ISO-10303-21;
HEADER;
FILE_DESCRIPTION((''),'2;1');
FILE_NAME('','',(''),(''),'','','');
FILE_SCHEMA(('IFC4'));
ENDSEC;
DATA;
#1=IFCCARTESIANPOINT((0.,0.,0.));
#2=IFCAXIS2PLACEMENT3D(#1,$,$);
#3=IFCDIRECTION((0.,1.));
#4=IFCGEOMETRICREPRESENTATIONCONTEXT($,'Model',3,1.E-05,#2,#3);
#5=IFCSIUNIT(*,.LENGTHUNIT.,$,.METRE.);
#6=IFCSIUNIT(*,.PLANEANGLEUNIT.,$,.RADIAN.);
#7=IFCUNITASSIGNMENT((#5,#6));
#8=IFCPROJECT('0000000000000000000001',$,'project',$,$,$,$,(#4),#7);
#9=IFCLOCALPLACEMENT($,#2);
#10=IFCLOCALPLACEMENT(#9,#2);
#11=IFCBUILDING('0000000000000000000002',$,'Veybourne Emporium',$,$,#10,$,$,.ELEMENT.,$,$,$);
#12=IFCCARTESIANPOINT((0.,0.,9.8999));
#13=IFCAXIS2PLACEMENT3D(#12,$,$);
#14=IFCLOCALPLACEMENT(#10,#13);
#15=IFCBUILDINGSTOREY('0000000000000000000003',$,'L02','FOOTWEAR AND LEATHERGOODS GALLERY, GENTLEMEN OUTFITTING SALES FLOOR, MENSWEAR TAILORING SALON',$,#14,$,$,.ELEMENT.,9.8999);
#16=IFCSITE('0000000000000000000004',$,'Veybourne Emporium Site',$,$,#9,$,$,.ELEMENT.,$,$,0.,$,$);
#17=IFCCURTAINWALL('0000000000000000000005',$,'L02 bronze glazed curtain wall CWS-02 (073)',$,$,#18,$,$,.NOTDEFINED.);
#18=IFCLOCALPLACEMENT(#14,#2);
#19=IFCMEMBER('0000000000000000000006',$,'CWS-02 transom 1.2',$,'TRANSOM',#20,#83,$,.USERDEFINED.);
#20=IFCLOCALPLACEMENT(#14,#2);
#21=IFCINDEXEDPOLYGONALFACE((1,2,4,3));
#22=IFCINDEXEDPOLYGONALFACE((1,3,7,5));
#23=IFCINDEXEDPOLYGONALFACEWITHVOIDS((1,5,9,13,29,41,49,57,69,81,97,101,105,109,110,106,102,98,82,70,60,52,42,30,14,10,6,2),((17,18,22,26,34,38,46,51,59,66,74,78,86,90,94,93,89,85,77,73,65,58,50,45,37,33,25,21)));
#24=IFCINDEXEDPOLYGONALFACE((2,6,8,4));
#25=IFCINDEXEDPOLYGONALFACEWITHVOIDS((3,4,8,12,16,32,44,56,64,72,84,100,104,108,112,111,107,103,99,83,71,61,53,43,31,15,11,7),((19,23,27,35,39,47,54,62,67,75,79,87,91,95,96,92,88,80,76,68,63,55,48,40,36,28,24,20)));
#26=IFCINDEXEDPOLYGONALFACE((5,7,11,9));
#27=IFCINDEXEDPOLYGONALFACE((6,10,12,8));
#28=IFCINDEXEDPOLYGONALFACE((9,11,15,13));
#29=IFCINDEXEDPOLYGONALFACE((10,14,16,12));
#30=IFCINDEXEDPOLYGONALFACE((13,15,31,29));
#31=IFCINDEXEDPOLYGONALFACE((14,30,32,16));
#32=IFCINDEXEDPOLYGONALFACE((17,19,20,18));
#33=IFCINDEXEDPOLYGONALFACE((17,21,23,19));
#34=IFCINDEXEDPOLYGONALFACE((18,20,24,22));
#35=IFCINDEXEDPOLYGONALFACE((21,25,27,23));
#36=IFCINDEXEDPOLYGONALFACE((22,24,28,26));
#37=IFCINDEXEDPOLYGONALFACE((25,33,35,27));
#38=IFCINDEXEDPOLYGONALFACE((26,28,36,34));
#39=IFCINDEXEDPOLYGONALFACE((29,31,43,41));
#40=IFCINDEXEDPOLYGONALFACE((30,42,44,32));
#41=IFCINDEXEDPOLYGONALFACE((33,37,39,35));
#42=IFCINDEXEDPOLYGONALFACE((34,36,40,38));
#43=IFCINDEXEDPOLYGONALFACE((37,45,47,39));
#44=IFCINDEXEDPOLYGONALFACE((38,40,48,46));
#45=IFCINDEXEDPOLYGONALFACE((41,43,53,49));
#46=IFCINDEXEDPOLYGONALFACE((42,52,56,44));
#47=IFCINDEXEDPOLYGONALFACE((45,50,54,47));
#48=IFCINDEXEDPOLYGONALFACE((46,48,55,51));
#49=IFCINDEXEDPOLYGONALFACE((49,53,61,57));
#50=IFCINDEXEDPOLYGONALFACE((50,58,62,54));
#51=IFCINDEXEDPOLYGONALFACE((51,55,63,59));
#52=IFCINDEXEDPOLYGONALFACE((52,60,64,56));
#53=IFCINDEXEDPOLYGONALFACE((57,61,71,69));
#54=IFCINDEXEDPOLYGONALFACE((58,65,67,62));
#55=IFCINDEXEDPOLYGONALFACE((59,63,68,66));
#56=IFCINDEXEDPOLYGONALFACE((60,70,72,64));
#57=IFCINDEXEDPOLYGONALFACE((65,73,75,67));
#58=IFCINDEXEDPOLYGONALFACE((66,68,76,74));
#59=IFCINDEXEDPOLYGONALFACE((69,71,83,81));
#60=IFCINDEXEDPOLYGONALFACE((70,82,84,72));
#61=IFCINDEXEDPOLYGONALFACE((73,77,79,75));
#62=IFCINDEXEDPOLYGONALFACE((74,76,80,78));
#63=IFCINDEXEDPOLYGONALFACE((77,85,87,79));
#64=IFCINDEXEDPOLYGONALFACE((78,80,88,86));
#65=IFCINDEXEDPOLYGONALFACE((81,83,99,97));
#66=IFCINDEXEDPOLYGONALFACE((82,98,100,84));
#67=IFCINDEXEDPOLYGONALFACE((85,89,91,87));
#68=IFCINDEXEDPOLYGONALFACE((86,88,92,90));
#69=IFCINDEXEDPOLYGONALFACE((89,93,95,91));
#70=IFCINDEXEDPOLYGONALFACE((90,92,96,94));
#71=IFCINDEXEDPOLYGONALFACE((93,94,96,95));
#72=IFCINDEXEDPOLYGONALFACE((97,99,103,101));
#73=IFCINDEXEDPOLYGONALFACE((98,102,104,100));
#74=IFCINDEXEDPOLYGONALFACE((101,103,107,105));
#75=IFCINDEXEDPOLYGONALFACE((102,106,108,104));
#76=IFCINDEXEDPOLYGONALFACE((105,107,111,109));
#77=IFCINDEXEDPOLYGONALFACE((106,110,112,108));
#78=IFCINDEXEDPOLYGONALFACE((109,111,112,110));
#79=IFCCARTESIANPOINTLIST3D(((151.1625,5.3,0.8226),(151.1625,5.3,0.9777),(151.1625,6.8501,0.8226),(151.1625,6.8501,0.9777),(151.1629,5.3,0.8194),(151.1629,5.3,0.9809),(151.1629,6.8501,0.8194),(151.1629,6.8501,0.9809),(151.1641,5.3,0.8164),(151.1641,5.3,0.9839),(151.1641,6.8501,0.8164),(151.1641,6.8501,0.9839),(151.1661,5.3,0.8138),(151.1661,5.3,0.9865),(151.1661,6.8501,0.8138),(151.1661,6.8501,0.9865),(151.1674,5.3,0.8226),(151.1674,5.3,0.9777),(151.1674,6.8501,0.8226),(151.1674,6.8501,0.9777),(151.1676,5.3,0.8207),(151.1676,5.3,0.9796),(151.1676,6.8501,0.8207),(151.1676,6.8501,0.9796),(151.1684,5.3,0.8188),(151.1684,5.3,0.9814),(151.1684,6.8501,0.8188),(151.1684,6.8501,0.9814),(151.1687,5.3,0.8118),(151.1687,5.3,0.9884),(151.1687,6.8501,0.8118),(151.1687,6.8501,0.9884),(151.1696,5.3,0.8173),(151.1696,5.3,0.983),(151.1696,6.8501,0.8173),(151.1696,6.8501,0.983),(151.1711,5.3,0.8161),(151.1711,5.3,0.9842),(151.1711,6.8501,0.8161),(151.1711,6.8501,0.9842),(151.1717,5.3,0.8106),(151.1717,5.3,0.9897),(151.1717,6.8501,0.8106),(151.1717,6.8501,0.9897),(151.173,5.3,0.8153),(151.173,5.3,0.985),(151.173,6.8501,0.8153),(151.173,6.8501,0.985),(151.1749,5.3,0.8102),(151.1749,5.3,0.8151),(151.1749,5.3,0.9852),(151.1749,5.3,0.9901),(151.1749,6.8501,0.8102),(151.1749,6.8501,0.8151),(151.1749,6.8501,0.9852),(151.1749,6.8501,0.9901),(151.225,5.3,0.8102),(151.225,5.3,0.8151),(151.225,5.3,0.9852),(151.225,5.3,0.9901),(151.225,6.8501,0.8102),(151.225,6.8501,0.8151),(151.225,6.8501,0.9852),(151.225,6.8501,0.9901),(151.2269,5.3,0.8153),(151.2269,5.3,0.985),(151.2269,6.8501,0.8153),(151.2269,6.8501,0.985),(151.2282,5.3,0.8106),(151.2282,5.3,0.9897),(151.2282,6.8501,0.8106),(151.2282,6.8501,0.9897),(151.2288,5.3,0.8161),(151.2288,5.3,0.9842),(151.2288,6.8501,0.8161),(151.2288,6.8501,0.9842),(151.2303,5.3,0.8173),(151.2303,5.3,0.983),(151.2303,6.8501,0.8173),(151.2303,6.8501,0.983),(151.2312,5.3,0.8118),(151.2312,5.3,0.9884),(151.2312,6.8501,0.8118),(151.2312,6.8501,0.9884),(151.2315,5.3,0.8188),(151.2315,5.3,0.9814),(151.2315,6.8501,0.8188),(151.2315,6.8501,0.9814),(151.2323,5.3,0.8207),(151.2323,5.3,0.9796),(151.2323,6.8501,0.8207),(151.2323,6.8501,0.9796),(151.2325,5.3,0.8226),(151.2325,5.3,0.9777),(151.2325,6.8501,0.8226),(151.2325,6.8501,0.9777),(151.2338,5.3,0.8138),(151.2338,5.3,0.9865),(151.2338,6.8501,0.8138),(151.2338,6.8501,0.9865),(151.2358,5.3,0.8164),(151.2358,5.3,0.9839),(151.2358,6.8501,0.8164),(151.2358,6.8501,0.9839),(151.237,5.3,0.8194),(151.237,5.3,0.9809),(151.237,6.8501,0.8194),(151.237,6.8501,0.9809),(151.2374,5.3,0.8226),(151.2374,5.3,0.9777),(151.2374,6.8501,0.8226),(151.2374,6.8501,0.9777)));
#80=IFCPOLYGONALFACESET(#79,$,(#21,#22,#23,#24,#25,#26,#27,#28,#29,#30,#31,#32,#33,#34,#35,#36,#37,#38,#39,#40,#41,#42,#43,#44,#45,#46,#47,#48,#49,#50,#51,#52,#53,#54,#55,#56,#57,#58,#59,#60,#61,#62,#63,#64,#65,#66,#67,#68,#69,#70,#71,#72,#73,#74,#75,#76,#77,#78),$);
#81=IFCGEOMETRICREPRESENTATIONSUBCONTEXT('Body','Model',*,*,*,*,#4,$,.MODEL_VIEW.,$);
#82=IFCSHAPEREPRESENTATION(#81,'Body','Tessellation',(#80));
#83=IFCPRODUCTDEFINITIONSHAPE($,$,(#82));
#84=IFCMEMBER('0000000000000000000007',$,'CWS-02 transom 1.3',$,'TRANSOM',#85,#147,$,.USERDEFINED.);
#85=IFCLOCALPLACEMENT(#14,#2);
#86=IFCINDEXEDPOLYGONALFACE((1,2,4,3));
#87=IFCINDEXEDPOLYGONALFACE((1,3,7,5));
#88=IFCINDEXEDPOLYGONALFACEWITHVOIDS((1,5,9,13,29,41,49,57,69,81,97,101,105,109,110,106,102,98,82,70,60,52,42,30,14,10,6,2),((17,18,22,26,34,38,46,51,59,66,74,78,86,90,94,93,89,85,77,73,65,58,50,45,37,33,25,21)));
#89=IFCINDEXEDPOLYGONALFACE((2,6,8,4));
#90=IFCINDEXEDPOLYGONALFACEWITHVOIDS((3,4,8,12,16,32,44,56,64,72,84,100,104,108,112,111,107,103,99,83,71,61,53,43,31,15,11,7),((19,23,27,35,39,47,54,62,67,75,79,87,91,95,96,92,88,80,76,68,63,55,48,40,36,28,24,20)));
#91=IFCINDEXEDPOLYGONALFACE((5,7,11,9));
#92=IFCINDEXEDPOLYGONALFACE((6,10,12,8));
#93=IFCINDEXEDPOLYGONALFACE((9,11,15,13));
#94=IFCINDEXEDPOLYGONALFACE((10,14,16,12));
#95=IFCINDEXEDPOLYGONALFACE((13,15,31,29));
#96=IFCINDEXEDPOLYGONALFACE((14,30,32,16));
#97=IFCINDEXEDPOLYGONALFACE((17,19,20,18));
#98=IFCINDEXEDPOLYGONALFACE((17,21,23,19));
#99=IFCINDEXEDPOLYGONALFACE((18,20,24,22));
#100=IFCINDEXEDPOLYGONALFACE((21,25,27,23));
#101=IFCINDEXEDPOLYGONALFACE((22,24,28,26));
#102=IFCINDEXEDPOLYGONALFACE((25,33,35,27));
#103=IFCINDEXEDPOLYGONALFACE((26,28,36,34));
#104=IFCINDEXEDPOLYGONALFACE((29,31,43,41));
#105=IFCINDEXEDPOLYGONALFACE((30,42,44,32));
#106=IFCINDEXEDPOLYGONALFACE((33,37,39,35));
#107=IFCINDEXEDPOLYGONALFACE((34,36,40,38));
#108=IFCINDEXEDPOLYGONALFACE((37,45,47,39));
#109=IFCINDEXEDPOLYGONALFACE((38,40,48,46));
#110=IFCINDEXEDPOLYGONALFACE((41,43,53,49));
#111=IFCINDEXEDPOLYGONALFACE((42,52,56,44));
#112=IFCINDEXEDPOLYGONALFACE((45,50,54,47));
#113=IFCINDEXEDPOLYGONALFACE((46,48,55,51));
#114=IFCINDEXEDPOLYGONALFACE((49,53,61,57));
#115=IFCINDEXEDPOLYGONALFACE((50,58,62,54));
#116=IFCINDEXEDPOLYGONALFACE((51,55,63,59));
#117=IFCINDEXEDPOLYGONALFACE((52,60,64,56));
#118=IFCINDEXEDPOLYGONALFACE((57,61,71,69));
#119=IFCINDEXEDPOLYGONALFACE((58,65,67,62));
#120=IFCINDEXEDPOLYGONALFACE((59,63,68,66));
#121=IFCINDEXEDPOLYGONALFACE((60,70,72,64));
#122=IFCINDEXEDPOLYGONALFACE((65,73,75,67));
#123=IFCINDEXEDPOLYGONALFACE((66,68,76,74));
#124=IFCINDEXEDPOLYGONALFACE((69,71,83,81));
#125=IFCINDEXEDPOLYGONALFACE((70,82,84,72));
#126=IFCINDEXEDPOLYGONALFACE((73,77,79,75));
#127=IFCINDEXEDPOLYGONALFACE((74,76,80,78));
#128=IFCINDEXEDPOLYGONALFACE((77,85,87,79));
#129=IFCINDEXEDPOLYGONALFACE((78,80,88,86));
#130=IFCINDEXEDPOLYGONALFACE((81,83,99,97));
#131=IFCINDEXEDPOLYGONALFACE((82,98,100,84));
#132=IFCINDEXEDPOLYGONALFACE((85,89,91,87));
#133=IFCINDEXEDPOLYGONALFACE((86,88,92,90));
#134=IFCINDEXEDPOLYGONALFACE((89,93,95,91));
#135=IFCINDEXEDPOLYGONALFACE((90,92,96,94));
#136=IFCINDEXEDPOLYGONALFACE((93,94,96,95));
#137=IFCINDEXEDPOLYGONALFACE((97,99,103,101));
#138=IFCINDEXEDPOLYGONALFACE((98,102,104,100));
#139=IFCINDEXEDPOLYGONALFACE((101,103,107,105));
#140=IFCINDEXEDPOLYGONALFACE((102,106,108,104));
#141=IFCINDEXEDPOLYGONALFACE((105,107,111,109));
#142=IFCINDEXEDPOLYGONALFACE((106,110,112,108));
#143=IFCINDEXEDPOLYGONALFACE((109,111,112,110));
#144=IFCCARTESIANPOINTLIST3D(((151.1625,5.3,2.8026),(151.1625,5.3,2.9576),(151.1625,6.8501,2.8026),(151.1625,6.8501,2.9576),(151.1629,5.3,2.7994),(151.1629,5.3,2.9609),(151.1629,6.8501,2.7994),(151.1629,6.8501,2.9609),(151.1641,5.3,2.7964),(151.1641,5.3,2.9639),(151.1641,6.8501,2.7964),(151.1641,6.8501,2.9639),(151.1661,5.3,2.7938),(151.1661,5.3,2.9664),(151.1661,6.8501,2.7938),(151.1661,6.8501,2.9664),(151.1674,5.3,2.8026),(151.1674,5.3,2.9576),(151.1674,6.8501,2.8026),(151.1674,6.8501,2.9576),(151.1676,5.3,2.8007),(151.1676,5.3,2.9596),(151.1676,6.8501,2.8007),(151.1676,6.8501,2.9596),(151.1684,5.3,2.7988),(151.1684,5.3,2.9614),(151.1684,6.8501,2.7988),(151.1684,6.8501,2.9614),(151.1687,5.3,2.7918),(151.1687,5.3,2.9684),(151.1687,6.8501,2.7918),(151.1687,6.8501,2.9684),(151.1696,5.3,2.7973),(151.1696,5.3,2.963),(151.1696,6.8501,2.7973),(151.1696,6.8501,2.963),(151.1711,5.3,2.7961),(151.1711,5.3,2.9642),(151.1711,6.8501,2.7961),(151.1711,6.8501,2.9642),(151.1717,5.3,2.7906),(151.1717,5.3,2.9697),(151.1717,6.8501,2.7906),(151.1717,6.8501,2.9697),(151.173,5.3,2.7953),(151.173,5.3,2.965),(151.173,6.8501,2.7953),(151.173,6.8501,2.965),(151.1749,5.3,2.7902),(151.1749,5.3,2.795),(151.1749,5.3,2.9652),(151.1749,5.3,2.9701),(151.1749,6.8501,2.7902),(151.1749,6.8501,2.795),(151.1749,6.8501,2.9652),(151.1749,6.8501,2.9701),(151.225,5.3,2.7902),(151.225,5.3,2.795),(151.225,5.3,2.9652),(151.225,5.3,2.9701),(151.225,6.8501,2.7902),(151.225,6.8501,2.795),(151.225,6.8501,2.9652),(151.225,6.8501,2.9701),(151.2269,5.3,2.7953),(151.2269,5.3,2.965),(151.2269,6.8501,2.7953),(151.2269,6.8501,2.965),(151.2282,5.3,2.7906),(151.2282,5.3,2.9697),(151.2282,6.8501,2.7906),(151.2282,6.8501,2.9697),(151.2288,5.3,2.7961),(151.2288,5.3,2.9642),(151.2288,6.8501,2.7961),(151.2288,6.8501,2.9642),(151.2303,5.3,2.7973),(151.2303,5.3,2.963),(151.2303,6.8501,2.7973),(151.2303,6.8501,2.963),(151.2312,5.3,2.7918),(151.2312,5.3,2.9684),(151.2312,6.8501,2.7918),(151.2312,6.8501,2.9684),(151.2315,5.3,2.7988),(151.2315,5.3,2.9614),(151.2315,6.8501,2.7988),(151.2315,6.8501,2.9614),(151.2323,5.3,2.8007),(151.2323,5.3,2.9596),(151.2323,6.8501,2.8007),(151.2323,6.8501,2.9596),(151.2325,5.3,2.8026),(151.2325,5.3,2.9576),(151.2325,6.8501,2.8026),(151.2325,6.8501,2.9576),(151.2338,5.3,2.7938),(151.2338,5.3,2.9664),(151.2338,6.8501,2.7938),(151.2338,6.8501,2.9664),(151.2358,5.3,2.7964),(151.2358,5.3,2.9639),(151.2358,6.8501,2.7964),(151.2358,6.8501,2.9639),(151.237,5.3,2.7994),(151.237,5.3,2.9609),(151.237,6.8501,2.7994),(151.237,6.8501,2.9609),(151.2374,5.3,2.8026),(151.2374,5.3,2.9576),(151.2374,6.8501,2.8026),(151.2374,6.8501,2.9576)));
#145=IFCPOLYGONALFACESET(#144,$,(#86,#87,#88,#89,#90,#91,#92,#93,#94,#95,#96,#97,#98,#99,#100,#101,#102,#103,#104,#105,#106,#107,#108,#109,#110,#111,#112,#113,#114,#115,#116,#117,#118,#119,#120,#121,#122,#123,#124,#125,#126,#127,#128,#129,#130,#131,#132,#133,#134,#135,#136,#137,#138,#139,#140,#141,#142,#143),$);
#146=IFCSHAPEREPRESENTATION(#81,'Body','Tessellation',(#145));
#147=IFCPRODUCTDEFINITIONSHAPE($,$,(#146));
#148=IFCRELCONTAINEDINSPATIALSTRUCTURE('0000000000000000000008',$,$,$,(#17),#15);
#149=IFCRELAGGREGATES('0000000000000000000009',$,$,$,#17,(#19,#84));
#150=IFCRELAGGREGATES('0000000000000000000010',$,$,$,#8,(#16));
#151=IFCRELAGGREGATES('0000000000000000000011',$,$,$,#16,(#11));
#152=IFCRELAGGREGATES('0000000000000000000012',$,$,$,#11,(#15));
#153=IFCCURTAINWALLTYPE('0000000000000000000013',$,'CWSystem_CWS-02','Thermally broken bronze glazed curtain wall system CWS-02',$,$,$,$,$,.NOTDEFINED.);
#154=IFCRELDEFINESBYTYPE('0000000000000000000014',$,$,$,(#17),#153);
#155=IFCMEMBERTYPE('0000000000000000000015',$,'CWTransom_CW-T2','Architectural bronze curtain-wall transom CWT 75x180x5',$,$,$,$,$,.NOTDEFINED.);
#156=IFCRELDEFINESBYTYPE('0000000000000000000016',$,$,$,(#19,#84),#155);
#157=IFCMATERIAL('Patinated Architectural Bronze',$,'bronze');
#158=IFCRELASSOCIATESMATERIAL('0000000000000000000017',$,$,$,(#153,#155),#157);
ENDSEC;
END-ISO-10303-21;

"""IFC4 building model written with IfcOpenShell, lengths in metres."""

from ifc_helpers import new_model, si_unit, direction, frame, origin, origin_2d, place, context, subcontext, project, spatial, hollow_rectangle, extrude, material, material_profile, profile_set, type_object, element, aggregate, save


model = new_model("IFC4")

# Units and contexts
model_context = context("Model", 3, precision=1e-05, world=origin(), true_north=direction((0.0, 1.0)))
body_context = subcontext(model_context, "Body", "Model", "MODEL_VIEW")
ifc_project = project(units=[si_unit("LENGTHUNIT", "METRE"), si_unit("PLANEANGLEUNIT", "RADIAN")], contexts=[model_context])

# Site, building, storey
site_placement = place(None, origin())
site = spatial("IfcSite", under=ifc_project, at=site_placement, Name="Veybourne Emporium Site", CompositionType="ELEMENT", RefElevation=0.0)
building_placement = place(site_placement, origin())
building = spatial("IfcBuilding", under=site, at=building_placement, Name="Veybourne Emporium", CompositionType="ELEMENT")
storey_placement = place(building_placement, frame((0.0, 0.0, 9.8999)))
storey = spatial("IfcBuildingStorey", under=building, at=storey_placement, Name="L02", Description="FOOTWEAR AND LEATHERGOODS GALLERY, GENTLEMEN OUTFITTING SALES FLOOR, MENSWEAR TAILORING SALON", CompositionType="ELEMENT", Elevation=9.8999)

# Curtain wall
ifc_material_1 = material(Name="Patinated Architectural Bronze", Category="bronze")
curtain_wall_type_1 = type_object("IfcCurtainWallType", Name="CWSystem_CWS-02", Description="Thermally broken bronze glazed curtain wall system CWS-02", PredefinedType="NOTDEFINED", material=ifc_material_1)
curtain_wall_1_placement = place(storey_placement, origin())
curtain_wall_1 = element("IfcCurtainWall", 1, at=curtain_wall_1_placement, inside=storey, type_object=curtain_wall_type_1, Name="L02 bronze glazed curtain wall CWS-02 (073)", PredefinedType="NOTDEFINED")

# Members
ifc_material_profile_1 = material_profile(ifc_material_1, hollow_rectangle(XDim=0.075, YDim=0.1799, WallThickness=0.0049, InnerFilletRadius=0.0076, OuterFilletRadius=0.0125, at=origin_2d()), Name="CWT 75x180x5")
ifc_profile_set_1 = profile_set([ifc_material_profile_1], Name="Patinated Architectural Bronze")
member_type_1 = type_object("IfcMemberType", Name="CWTransom_CW-T2", Description="Architectural bronze curtain-wall transom CWT 75x180x5", PredefinedType="NOTDEFINED", material=ifc_profile_set_1)
member_1_placement = place(storey_placement, frame((151.2, 6.8501, 0.9001), z_axis=(0.0, -1.0, 0.0), x_axis=(1.0, 0.0, 0.0)))
member_1 = element("IfcMember", 2, at=member_1_placement, type_object=member_type_1, Name="CWS-02 transom 1.2", ObjectType="TRANSOM", PredefinedType="USERDEFINED", context=body_context, shape_type="SweptSolid", body=[
    extrude(hollow_rectangle(XDim=0.075, YDim=0.1799, WallThickness=0.0049, InnerFilletRadius=0.0076, OuterFilletRadius=0.0125, at=origin_2d()), origin(), (0.0, 0.0, 1.0), 1.55),
])
member_2_placement = place(storey_placement, frame((151.2, 6.8501, 2.8801), z_axis=(0.0, -1.0, 0.0), x_axis=(1.0, 0.0, 0.0)))
member_2 = element("IfcMember", 3, at=member_2_placement, type_object=member_type_1, Name="CWS-02 transom 1.3", ObjectType="TRANSOM", PredefinedType="USERDEFINED", context=body_context, shape_type="SweptSolid", body=[
    extrude(hollow_rectangle(XDim=0.075, YDim=0.1799, WallThickness=0.0049, InnerFilletRadius=0.0076, OuterFilletRadius=0.0125, at=origin_2d()), origin(), (0.0, 0.0, 1.0), 1.55),
])

aggregate(curtain_wall_1, [member_1, member_2])

save(model, "model.ifc")
